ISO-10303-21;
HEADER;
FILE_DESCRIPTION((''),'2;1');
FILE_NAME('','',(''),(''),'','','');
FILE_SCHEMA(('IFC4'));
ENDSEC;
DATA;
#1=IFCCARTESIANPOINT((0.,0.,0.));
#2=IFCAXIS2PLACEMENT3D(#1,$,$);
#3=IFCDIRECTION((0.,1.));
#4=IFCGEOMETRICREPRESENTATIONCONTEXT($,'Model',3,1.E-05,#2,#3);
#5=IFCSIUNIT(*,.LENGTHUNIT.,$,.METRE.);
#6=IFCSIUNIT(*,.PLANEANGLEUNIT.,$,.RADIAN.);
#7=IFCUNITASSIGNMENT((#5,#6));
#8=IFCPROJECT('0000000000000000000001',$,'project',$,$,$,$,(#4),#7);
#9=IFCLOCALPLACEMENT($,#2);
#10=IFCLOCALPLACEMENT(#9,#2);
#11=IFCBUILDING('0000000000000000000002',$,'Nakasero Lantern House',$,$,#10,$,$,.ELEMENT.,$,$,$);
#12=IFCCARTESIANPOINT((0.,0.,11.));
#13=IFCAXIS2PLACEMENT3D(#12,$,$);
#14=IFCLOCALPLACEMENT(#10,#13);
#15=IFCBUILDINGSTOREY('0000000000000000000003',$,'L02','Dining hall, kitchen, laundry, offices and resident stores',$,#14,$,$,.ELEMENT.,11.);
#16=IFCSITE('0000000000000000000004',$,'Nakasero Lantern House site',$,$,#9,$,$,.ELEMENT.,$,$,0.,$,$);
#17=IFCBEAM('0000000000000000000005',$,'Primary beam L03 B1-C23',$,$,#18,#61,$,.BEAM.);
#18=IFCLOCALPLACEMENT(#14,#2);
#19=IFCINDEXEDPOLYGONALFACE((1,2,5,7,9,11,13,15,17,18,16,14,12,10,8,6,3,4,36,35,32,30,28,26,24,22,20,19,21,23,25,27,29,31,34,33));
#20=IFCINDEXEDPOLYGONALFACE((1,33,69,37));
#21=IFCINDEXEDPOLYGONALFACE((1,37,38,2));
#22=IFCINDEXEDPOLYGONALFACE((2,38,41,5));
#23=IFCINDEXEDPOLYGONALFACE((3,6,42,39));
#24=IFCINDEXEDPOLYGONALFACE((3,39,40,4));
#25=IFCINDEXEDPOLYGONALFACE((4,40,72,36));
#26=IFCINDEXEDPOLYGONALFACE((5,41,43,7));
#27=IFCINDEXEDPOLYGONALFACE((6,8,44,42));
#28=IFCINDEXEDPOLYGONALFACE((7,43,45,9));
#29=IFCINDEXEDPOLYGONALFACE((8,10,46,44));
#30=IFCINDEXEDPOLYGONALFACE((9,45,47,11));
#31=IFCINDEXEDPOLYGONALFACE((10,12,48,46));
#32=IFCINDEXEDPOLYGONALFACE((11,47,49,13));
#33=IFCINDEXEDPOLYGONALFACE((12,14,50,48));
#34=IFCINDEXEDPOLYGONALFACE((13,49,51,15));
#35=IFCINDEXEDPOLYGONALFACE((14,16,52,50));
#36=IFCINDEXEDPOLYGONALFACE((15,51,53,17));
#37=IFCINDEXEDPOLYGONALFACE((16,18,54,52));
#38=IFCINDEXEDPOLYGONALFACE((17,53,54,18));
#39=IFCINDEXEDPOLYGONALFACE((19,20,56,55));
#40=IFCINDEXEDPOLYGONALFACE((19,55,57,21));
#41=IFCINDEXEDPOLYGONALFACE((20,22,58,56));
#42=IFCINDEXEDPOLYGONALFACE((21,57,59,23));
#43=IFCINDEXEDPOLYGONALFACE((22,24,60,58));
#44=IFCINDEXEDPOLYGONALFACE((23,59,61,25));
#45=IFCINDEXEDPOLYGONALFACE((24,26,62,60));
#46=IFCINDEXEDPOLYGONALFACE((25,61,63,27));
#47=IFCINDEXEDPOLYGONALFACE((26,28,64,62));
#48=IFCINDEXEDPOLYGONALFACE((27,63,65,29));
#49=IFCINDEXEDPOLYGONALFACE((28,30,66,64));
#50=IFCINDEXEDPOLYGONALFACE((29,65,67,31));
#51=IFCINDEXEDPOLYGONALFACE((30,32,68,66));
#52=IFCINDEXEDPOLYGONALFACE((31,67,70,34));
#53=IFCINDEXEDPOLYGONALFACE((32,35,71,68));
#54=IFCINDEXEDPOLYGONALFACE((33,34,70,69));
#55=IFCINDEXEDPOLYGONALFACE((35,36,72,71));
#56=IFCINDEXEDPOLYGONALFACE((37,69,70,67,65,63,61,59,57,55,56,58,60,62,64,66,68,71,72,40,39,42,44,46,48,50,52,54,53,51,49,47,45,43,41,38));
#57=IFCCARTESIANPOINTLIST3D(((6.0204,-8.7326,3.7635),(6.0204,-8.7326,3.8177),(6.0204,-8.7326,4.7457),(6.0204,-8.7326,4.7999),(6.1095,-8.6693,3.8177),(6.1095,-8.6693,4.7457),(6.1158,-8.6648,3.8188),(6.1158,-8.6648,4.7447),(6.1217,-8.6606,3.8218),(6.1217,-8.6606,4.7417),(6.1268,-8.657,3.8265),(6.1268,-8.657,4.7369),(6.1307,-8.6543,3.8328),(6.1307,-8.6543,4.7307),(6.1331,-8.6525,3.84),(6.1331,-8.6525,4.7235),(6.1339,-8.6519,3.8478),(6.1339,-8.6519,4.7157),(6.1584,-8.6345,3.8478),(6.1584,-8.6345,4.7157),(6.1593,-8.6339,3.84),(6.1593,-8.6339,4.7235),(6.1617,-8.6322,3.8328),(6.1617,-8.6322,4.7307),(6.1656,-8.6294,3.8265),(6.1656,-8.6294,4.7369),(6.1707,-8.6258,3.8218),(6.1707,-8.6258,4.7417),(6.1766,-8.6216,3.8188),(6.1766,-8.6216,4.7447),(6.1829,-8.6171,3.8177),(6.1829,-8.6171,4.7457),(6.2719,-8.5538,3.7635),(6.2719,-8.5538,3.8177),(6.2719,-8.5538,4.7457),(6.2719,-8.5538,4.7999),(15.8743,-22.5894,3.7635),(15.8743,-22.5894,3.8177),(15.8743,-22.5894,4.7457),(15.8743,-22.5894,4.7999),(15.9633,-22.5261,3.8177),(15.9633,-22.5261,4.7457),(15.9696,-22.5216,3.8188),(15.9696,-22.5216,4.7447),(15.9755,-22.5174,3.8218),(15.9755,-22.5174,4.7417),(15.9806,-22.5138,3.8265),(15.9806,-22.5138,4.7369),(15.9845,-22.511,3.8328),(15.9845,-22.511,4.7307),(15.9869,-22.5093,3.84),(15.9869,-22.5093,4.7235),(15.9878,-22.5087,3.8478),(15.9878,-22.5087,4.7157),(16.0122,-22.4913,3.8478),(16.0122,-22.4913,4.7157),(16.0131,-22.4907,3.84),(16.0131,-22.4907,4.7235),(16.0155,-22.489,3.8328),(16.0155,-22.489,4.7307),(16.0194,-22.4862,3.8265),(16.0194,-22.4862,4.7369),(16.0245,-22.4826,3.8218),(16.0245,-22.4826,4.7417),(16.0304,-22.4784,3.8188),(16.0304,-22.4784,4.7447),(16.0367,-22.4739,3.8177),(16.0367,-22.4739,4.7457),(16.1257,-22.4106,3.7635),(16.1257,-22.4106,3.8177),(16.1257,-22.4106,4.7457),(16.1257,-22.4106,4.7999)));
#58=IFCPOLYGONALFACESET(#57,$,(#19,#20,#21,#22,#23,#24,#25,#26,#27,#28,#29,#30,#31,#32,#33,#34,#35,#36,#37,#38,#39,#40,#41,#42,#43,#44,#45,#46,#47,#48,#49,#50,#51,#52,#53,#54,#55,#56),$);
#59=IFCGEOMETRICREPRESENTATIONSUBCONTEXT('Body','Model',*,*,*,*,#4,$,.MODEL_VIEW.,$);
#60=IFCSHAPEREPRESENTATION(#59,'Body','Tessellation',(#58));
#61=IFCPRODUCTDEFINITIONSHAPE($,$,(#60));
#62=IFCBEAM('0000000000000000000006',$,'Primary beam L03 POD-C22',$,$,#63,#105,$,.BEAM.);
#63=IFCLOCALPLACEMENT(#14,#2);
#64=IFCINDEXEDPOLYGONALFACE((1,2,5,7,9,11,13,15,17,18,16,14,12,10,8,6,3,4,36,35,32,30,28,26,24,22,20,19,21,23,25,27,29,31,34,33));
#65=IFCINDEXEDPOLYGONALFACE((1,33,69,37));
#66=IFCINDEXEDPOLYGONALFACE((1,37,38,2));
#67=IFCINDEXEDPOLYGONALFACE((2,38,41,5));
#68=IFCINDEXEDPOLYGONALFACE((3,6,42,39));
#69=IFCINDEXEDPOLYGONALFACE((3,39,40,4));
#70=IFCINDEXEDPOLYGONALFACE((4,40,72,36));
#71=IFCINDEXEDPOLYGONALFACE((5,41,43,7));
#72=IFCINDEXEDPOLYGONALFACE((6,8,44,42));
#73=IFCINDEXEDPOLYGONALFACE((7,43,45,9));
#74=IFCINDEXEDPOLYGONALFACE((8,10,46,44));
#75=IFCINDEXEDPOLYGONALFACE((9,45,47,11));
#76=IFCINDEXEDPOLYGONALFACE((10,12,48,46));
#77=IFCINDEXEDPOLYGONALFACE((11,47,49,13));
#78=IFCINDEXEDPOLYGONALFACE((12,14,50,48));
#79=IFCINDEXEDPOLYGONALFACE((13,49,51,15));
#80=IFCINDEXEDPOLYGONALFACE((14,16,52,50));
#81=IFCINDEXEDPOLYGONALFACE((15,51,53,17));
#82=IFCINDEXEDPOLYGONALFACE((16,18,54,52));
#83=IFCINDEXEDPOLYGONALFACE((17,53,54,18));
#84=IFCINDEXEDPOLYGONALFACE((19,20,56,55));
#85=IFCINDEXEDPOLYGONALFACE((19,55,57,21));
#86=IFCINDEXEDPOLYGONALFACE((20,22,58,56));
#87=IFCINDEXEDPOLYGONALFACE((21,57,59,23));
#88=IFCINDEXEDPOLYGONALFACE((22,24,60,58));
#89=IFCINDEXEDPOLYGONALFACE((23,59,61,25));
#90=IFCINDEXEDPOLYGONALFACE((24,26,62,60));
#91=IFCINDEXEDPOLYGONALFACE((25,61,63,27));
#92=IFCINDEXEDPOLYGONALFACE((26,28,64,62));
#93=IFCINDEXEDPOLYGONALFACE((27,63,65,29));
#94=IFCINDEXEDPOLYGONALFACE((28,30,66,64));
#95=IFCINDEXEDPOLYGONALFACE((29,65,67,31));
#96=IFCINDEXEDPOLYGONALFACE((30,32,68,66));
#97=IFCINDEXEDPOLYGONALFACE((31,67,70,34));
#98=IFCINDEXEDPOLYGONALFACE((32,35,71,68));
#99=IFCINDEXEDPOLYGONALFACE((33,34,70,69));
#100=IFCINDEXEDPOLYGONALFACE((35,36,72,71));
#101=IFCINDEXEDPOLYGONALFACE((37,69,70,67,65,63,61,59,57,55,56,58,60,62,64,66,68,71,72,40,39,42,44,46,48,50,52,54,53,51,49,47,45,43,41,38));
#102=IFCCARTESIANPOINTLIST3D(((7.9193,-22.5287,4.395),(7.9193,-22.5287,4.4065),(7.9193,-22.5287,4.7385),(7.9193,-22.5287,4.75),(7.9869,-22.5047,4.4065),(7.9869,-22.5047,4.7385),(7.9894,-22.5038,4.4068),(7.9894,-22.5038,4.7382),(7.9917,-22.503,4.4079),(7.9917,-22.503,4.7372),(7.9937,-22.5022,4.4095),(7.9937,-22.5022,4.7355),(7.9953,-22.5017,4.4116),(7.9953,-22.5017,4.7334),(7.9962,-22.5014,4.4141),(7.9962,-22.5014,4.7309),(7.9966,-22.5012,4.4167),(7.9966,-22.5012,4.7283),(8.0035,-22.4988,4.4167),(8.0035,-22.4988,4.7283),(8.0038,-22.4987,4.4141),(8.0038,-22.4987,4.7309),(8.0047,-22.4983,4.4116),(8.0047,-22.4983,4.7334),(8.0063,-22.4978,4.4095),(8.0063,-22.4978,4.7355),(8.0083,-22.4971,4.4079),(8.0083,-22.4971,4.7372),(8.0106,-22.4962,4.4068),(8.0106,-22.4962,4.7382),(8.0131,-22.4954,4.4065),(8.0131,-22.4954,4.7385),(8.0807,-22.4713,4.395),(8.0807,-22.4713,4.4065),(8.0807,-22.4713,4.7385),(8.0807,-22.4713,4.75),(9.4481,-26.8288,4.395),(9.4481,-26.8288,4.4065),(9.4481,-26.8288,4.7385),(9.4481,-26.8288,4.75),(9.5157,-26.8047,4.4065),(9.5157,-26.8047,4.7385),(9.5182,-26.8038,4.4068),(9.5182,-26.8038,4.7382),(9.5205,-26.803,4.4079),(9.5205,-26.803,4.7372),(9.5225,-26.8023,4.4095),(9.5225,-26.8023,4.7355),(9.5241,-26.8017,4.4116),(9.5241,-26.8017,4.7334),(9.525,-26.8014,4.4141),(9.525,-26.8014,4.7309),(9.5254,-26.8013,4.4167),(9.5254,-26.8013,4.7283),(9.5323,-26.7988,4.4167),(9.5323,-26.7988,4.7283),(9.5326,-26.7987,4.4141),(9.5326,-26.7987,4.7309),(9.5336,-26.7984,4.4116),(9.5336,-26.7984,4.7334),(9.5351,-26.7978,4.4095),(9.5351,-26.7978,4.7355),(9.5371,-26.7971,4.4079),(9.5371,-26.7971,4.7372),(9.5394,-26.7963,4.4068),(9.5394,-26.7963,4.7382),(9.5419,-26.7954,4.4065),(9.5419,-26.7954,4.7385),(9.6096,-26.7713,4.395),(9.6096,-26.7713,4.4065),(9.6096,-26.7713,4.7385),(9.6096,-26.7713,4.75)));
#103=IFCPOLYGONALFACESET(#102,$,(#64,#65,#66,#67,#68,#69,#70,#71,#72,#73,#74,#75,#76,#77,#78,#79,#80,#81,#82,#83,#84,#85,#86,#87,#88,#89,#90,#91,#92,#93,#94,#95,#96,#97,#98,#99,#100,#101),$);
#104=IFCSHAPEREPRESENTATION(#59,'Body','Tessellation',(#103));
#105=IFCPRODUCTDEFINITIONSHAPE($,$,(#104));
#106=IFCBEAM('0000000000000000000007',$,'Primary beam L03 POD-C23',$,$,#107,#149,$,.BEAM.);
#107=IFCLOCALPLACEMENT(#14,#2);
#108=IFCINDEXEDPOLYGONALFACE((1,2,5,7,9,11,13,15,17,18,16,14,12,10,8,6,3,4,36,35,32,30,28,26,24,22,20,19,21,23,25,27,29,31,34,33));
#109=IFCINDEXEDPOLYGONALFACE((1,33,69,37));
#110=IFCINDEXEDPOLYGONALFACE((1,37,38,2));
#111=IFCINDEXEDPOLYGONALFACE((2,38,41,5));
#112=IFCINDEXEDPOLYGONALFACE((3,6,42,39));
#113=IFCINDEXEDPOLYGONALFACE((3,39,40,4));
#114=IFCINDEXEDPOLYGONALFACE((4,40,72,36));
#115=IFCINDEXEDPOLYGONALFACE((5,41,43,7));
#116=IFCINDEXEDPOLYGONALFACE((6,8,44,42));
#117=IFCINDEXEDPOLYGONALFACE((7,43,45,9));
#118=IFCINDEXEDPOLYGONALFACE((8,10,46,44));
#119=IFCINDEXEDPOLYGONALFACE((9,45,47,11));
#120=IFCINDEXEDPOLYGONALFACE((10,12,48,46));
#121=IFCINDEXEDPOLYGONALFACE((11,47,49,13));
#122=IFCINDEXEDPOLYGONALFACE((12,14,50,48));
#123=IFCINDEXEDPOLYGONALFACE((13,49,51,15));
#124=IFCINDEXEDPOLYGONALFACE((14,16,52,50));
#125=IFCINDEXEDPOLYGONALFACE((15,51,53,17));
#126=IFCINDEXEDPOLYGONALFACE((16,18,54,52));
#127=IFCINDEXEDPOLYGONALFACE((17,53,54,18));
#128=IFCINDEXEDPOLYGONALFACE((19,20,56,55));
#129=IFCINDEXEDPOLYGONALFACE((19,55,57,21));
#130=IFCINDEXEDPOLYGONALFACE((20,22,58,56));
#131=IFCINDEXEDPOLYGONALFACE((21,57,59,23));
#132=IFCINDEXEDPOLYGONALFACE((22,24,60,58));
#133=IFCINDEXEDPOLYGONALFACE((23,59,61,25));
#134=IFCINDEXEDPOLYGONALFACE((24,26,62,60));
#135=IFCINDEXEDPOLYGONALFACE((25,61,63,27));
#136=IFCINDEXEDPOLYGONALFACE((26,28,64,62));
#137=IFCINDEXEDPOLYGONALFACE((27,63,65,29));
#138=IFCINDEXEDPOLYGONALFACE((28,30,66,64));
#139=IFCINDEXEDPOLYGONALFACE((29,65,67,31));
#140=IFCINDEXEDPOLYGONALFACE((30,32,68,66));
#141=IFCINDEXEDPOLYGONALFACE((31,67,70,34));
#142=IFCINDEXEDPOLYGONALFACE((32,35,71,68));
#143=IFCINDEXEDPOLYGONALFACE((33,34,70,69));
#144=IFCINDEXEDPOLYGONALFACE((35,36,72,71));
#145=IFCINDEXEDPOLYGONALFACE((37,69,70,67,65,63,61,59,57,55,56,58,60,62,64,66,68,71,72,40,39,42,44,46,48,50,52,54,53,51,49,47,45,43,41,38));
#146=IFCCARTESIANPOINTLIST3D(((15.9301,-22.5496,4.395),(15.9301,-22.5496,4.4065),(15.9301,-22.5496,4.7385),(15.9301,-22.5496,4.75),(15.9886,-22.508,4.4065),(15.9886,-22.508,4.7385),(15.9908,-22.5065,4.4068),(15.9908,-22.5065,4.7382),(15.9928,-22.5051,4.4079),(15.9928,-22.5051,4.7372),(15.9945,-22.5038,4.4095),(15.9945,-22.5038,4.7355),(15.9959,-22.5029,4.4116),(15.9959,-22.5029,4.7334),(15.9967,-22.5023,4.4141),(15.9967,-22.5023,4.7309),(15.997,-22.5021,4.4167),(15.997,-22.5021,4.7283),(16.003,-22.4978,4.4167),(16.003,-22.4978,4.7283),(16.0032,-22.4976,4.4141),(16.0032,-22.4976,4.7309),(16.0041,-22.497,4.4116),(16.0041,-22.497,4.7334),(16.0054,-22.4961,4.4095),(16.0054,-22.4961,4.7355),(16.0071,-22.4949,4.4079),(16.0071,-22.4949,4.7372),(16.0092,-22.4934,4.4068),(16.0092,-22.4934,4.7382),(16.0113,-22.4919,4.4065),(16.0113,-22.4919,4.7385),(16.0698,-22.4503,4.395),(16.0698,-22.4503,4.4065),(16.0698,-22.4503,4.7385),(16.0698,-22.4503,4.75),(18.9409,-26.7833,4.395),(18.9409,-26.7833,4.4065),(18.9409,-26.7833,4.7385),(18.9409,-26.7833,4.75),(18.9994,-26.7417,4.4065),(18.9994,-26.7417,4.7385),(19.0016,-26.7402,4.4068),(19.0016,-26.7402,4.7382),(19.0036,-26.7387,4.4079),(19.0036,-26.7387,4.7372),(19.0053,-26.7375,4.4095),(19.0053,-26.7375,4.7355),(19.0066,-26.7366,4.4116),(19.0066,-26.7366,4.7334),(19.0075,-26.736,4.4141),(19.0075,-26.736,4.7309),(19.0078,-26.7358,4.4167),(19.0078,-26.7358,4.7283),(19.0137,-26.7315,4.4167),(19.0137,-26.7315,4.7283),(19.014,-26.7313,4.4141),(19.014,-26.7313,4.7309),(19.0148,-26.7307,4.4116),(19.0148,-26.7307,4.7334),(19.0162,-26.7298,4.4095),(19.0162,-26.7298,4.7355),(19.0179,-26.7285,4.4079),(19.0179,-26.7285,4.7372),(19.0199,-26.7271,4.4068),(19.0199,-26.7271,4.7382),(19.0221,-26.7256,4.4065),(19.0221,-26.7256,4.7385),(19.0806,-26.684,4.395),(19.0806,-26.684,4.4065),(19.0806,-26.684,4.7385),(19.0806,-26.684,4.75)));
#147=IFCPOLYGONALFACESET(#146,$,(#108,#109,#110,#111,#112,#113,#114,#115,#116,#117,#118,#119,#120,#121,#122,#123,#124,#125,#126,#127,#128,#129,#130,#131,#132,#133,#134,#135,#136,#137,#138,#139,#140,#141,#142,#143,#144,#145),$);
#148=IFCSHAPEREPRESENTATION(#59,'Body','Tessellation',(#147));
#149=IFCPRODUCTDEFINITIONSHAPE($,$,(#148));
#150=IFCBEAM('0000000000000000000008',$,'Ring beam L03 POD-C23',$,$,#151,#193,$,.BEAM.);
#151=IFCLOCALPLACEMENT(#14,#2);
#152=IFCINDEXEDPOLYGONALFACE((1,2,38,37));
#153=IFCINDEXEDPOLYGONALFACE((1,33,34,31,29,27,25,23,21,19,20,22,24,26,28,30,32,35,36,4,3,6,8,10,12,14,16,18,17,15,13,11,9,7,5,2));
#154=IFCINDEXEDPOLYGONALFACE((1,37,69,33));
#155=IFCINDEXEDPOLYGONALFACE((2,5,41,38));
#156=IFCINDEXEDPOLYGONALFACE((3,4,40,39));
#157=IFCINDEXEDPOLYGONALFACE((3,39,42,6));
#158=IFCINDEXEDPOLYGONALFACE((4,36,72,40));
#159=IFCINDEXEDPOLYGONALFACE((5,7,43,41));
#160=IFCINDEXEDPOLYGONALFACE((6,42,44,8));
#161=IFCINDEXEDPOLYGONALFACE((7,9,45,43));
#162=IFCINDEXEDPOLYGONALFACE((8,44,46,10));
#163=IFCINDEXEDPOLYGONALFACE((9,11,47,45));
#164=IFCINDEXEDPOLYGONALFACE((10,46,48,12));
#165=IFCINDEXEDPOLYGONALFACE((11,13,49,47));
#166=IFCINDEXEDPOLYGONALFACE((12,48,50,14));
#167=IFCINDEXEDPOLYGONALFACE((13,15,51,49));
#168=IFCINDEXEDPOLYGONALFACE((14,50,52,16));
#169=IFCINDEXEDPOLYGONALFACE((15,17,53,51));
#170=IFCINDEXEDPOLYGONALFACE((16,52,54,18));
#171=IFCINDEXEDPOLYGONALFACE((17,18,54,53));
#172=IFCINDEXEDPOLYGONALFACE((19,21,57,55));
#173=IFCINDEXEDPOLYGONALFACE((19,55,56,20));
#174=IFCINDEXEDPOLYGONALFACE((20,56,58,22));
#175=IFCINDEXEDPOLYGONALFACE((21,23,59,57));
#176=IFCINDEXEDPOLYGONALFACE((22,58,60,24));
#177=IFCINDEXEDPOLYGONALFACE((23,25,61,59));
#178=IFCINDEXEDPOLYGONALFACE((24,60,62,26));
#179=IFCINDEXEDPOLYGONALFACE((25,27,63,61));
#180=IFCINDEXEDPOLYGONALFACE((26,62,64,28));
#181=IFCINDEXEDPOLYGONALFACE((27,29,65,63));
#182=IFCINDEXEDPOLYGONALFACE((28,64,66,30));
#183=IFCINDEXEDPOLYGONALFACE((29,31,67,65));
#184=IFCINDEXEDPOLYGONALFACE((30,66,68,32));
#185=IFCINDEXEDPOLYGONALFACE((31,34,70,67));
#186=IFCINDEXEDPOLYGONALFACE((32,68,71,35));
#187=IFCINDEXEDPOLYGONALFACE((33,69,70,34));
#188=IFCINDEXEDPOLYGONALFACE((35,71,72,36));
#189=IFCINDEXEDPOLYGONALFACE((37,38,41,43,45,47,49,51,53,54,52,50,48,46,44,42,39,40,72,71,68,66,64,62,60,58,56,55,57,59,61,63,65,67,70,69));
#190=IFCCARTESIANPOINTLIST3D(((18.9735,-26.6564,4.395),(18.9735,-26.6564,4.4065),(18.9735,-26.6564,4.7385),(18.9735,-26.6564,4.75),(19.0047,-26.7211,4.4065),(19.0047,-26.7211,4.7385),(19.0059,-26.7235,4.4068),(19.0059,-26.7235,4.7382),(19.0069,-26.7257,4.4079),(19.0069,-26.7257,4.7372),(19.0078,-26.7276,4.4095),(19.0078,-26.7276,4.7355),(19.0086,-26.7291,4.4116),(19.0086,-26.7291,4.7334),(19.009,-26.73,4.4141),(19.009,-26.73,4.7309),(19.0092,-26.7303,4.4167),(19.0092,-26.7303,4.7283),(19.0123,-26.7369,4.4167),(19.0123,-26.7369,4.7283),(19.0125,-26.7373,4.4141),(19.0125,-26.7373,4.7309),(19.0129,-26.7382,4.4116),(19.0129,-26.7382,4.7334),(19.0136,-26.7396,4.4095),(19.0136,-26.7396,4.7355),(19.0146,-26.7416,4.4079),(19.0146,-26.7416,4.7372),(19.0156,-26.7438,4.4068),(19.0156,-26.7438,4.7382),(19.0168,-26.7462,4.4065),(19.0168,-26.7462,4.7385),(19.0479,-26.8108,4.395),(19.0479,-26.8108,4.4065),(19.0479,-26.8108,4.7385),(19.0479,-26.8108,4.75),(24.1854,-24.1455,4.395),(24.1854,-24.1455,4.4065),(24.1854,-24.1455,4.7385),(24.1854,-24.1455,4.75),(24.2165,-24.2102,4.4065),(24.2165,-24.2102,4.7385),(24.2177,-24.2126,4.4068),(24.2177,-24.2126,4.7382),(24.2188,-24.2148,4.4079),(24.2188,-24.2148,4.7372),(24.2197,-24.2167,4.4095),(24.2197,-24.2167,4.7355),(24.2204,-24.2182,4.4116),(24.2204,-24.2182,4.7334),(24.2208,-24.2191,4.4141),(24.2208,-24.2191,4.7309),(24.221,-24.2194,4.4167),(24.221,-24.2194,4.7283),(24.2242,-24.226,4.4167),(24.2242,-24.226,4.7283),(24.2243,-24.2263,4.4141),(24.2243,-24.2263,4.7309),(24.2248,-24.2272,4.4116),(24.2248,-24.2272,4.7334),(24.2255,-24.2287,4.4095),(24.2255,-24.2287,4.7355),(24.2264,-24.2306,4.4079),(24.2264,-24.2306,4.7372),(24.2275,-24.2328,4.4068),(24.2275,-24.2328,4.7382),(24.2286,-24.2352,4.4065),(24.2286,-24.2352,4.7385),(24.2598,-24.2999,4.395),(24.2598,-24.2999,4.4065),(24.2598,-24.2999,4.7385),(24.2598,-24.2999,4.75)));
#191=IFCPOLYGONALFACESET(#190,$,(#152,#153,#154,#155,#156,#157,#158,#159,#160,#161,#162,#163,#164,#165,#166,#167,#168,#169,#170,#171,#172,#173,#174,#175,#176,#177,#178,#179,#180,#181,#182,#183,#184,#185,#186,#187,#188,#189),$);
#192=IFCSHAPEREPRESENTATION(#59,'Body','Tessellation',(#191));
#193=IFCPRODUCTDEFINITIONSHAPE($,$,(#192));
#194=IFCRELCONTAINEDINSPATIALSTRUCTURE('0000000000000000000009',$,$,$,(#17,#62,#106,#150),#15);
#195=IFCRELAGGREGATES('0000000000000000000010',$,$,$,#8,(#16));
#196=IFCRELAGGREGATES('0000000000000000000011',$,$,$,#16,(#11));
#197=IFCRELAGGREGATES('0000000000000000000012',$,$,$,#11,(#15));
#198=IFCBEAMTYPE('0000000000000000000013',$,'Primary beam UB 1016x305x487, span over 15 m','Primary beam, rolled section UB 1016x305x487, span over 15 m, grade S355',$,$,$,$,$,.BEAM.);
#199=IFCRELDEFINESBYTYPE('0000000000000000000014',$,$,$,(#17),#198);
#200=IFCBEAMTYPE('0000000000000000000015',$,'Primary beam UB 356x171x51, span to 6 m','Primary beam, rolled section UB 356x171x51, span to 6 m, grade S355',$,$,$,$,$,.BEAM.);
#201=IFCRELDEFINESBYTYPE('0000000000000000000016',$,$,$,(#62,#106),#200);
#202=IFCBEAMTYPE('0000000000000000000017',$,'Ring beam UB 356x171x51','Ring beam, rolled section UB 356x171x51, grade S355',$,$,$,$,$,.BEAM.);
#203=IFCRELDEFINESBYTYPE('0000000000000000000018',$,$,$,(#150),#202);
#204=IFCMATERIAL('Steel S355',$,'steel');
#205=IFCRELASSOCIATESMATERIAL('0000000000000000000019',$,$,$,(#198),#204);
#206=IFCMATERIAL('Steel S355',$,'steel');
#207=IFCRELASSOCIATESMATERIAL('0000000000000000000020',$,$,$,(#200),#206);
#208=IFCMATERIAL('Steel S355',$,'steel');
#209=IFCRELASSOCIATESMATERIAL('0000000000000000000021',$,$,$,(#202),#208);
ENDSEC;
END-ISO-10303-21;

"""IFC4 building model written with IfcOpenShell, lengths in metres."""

from ifc_helpers import new_model, si_unit, direction, frame, origin, origin_2d, place, context, subcontext, project, spatial, i_section, extrude, material, material_profile, profile_set, type_object, element, save


model = new_model("IFC4")

# Units and contexts
model_context = context("Model", 3, precision=1e-05, world=origin(), true_north=direction((0.0, 1.0)))
body_context = subcontext(model_context, "Body", "Model", "MODEL_VIEW")
ifc_project = project(units=[si_unit("LENGTHUNIT", "METRE"), si_unit("PLANEANGLEUNIT", "RADIAN")], contexts=[model_context])

# Site, building, storey
site_placement = place(None, origin())
site = spatial("IfcSite", under=ifc_project, at=site_placement, Name="Nakasero Lantern House site", CompositionType="ELEMENT", RefElevation=0.0)
building_placement = place(site_placement, origin())
building = spatial("IfcBuilding", under=site, at=building_placement, Name="Nakasero Lantern House", CompositionType="ELEMENT")
storey_placement = place(building_placement, frame((0.0, 0.0, 11.0)))
storey = spatial("IfcBuildingStorey", under=building, at=storey_placement, Name="L02", Description="Dining hall, kitchen, laundry, offices and resident stores", CompositionType="ELEMENT", Elevation=11.0)

# Beams
ifc_material_1 = material(Name="Steel S355", Category="steel")
ifc_material_profile_1 = material_profile(ifc_material_1, i_section(OverallWidth=0.3086, OverallDepth=1.0364, WebThickness=0.03, FlangeThickness=0.0542, FilletRadius=0.03, at=origin_2d()), Name="UB 1016x305x487")
ifc_profile_set_1 = profile_set([ifc_material_profile_1], Name="Steel S355")
beam_type_1 = type_object("IfcBeamType", Name="Primary beam UB 1016x305x487, span over 15 m", Description="Primary beam, rolled section UB 1016x305x487, span over 15 m, grade S355", PredefinedType="BEAM", material=ifc_profile_set_1)
beam_1_placement = place(storey_placement, frame((16.0, -22.5, 4.2817), z_axis=(-0.579528, 0.814952, 0.0), x_axis=(-0.814952, -0.579528, 0.0)))
element("IfcBeam", 1, at=beam_1_placement, inside=storey, type_object=beam_type_1, Name="Primary beam L03 B1-C23", PredefinedType="BEAM", context=body_context, shape_type="SweptSolid", body=[
    extrude(i_section(OverallWidth=0.3086, OverallDepth=1.0364, WebThickness=0.03, FlangeThickness=0.0542, FilletRadius=0.03, at=origin_2d()), origin(), (0.0, 0.0, 1.0), 17.0032),
])
ifc_material_2 = material(Name="Steel S355", Category="steel")
ifc_material_profile_2 = material_profile(ifc_material_2, i_section(OverallWidth=0.1714, OverallDepth=0.355, WebThickness=0.0073, FlangeThickness=0.0115, FilletRadius=0.0103, at=origin_2d()), Name="UB 356x171x51")
ifc_profile_set_2 = profile_set([ifc_material_profile_2], Name="Steel S355")
beam_type_2 = type_object("IfcBeamType", Name="Primary beam UB 356x171x51, span to 6 m", Description="Primary beam, rolled section UB 356x171x51, span to 6 m, grade S355", PredefinedType="BEAM", material=ifc_profile_set_2)
beam_2_placement = place(storey_placement, frame((9.5288, -26.8, 4.5725), z_axis=(-0.334991, 0.942221, 0.0), x_axis=(-0.942221, -0.334991, 0.0)))
element("IfcBeam", 2, at=beam_2_placement, inside=storey, type_object=beam_type_2, Name="Primary beam L03 POD-C22", PredefinedType="BEAM", context=body_context, shape_type="SweptSolid", body=[
    extrude(i_section(OverallWidth=0.1714, OverallDepth=0.355, WebThickness=0.0073, FlangeThickness=0.0115, FilletRadius=0.0103, at=origin_2d()), origin(), (0.0, 0.0, 1.0), 4.5637),
])
beam_3_placement = place(storey_placement, frame((19.0107, -26.7336, 4.5725), z_axis=(-0.579543, 0.814942, 0.0), x_axis=(-0.814942, -0.579543, 0.0)))
element("IfcBeam", 3, at=beam_3_placement, inside=storey, type_object=beam_type_2, Name="Primary beam L03 POD-C23", PredefinedType="BEAM", context=body_context, shape_type="SweptSolid", body=[
    extrude(i_section(OverallWidth=0.1714, OverallDepth=0.355, WebThickness=0.0073, FlangeThickness=0.0115, FilletRadius=0.0103, at=origin_2d()), origin(), (0.0, 0.0, 1.0), 5.1951),
])
ifc_material_3 = material(Name="Steel S355", Category="steel")
ifc_material_profile_3 = material_profile(ifc_material_3, i_section(OverallWidth=0.1714, OverallDepth=0.355, WebThickness=0.0073, FlangeThickness=0.0115, FilletRadius=0.0103, at=origin_2d()), Name="UB 356x171x51")
ifc_profile_set_3 = profile_set([ifc_material_profile_3], Name="Steel S355")
beam_type_3 = type_object("IfcBeamType", Name="Ring beam UB 356x171x51", Description="Ring beam, rolled section UB 356x171x51, grade S355", PredefinedType="BEAM", material=ifc_profile_set_3)
beam_4_placement = place(storey_placement, frame((19.0107, -26.7336, 4.5725), z_axis=(0.900897, 0.434033, 0.0), x_axis=(-0.434033, 0.900897, 0.0)))
element("IfcBeam", 4, at=beam_4_placement, inside=storey, type_object=beam_type_3, Name="Ring beam L03 POD-C23", PredefinedType="BEAM", context=body_context, shape_type="SweptSolid", body=[
    extrude(i_section(OverallWidth=0.1714, OverallDepth=0.355, WebThickness=0.0073, FlangeThickness=0.0115, FilletRadius=0.0103, at=origin_2d()), origin(), (0.0, 0.0, 1.0), 5.7852),
])

save(model, "model.ifc")
